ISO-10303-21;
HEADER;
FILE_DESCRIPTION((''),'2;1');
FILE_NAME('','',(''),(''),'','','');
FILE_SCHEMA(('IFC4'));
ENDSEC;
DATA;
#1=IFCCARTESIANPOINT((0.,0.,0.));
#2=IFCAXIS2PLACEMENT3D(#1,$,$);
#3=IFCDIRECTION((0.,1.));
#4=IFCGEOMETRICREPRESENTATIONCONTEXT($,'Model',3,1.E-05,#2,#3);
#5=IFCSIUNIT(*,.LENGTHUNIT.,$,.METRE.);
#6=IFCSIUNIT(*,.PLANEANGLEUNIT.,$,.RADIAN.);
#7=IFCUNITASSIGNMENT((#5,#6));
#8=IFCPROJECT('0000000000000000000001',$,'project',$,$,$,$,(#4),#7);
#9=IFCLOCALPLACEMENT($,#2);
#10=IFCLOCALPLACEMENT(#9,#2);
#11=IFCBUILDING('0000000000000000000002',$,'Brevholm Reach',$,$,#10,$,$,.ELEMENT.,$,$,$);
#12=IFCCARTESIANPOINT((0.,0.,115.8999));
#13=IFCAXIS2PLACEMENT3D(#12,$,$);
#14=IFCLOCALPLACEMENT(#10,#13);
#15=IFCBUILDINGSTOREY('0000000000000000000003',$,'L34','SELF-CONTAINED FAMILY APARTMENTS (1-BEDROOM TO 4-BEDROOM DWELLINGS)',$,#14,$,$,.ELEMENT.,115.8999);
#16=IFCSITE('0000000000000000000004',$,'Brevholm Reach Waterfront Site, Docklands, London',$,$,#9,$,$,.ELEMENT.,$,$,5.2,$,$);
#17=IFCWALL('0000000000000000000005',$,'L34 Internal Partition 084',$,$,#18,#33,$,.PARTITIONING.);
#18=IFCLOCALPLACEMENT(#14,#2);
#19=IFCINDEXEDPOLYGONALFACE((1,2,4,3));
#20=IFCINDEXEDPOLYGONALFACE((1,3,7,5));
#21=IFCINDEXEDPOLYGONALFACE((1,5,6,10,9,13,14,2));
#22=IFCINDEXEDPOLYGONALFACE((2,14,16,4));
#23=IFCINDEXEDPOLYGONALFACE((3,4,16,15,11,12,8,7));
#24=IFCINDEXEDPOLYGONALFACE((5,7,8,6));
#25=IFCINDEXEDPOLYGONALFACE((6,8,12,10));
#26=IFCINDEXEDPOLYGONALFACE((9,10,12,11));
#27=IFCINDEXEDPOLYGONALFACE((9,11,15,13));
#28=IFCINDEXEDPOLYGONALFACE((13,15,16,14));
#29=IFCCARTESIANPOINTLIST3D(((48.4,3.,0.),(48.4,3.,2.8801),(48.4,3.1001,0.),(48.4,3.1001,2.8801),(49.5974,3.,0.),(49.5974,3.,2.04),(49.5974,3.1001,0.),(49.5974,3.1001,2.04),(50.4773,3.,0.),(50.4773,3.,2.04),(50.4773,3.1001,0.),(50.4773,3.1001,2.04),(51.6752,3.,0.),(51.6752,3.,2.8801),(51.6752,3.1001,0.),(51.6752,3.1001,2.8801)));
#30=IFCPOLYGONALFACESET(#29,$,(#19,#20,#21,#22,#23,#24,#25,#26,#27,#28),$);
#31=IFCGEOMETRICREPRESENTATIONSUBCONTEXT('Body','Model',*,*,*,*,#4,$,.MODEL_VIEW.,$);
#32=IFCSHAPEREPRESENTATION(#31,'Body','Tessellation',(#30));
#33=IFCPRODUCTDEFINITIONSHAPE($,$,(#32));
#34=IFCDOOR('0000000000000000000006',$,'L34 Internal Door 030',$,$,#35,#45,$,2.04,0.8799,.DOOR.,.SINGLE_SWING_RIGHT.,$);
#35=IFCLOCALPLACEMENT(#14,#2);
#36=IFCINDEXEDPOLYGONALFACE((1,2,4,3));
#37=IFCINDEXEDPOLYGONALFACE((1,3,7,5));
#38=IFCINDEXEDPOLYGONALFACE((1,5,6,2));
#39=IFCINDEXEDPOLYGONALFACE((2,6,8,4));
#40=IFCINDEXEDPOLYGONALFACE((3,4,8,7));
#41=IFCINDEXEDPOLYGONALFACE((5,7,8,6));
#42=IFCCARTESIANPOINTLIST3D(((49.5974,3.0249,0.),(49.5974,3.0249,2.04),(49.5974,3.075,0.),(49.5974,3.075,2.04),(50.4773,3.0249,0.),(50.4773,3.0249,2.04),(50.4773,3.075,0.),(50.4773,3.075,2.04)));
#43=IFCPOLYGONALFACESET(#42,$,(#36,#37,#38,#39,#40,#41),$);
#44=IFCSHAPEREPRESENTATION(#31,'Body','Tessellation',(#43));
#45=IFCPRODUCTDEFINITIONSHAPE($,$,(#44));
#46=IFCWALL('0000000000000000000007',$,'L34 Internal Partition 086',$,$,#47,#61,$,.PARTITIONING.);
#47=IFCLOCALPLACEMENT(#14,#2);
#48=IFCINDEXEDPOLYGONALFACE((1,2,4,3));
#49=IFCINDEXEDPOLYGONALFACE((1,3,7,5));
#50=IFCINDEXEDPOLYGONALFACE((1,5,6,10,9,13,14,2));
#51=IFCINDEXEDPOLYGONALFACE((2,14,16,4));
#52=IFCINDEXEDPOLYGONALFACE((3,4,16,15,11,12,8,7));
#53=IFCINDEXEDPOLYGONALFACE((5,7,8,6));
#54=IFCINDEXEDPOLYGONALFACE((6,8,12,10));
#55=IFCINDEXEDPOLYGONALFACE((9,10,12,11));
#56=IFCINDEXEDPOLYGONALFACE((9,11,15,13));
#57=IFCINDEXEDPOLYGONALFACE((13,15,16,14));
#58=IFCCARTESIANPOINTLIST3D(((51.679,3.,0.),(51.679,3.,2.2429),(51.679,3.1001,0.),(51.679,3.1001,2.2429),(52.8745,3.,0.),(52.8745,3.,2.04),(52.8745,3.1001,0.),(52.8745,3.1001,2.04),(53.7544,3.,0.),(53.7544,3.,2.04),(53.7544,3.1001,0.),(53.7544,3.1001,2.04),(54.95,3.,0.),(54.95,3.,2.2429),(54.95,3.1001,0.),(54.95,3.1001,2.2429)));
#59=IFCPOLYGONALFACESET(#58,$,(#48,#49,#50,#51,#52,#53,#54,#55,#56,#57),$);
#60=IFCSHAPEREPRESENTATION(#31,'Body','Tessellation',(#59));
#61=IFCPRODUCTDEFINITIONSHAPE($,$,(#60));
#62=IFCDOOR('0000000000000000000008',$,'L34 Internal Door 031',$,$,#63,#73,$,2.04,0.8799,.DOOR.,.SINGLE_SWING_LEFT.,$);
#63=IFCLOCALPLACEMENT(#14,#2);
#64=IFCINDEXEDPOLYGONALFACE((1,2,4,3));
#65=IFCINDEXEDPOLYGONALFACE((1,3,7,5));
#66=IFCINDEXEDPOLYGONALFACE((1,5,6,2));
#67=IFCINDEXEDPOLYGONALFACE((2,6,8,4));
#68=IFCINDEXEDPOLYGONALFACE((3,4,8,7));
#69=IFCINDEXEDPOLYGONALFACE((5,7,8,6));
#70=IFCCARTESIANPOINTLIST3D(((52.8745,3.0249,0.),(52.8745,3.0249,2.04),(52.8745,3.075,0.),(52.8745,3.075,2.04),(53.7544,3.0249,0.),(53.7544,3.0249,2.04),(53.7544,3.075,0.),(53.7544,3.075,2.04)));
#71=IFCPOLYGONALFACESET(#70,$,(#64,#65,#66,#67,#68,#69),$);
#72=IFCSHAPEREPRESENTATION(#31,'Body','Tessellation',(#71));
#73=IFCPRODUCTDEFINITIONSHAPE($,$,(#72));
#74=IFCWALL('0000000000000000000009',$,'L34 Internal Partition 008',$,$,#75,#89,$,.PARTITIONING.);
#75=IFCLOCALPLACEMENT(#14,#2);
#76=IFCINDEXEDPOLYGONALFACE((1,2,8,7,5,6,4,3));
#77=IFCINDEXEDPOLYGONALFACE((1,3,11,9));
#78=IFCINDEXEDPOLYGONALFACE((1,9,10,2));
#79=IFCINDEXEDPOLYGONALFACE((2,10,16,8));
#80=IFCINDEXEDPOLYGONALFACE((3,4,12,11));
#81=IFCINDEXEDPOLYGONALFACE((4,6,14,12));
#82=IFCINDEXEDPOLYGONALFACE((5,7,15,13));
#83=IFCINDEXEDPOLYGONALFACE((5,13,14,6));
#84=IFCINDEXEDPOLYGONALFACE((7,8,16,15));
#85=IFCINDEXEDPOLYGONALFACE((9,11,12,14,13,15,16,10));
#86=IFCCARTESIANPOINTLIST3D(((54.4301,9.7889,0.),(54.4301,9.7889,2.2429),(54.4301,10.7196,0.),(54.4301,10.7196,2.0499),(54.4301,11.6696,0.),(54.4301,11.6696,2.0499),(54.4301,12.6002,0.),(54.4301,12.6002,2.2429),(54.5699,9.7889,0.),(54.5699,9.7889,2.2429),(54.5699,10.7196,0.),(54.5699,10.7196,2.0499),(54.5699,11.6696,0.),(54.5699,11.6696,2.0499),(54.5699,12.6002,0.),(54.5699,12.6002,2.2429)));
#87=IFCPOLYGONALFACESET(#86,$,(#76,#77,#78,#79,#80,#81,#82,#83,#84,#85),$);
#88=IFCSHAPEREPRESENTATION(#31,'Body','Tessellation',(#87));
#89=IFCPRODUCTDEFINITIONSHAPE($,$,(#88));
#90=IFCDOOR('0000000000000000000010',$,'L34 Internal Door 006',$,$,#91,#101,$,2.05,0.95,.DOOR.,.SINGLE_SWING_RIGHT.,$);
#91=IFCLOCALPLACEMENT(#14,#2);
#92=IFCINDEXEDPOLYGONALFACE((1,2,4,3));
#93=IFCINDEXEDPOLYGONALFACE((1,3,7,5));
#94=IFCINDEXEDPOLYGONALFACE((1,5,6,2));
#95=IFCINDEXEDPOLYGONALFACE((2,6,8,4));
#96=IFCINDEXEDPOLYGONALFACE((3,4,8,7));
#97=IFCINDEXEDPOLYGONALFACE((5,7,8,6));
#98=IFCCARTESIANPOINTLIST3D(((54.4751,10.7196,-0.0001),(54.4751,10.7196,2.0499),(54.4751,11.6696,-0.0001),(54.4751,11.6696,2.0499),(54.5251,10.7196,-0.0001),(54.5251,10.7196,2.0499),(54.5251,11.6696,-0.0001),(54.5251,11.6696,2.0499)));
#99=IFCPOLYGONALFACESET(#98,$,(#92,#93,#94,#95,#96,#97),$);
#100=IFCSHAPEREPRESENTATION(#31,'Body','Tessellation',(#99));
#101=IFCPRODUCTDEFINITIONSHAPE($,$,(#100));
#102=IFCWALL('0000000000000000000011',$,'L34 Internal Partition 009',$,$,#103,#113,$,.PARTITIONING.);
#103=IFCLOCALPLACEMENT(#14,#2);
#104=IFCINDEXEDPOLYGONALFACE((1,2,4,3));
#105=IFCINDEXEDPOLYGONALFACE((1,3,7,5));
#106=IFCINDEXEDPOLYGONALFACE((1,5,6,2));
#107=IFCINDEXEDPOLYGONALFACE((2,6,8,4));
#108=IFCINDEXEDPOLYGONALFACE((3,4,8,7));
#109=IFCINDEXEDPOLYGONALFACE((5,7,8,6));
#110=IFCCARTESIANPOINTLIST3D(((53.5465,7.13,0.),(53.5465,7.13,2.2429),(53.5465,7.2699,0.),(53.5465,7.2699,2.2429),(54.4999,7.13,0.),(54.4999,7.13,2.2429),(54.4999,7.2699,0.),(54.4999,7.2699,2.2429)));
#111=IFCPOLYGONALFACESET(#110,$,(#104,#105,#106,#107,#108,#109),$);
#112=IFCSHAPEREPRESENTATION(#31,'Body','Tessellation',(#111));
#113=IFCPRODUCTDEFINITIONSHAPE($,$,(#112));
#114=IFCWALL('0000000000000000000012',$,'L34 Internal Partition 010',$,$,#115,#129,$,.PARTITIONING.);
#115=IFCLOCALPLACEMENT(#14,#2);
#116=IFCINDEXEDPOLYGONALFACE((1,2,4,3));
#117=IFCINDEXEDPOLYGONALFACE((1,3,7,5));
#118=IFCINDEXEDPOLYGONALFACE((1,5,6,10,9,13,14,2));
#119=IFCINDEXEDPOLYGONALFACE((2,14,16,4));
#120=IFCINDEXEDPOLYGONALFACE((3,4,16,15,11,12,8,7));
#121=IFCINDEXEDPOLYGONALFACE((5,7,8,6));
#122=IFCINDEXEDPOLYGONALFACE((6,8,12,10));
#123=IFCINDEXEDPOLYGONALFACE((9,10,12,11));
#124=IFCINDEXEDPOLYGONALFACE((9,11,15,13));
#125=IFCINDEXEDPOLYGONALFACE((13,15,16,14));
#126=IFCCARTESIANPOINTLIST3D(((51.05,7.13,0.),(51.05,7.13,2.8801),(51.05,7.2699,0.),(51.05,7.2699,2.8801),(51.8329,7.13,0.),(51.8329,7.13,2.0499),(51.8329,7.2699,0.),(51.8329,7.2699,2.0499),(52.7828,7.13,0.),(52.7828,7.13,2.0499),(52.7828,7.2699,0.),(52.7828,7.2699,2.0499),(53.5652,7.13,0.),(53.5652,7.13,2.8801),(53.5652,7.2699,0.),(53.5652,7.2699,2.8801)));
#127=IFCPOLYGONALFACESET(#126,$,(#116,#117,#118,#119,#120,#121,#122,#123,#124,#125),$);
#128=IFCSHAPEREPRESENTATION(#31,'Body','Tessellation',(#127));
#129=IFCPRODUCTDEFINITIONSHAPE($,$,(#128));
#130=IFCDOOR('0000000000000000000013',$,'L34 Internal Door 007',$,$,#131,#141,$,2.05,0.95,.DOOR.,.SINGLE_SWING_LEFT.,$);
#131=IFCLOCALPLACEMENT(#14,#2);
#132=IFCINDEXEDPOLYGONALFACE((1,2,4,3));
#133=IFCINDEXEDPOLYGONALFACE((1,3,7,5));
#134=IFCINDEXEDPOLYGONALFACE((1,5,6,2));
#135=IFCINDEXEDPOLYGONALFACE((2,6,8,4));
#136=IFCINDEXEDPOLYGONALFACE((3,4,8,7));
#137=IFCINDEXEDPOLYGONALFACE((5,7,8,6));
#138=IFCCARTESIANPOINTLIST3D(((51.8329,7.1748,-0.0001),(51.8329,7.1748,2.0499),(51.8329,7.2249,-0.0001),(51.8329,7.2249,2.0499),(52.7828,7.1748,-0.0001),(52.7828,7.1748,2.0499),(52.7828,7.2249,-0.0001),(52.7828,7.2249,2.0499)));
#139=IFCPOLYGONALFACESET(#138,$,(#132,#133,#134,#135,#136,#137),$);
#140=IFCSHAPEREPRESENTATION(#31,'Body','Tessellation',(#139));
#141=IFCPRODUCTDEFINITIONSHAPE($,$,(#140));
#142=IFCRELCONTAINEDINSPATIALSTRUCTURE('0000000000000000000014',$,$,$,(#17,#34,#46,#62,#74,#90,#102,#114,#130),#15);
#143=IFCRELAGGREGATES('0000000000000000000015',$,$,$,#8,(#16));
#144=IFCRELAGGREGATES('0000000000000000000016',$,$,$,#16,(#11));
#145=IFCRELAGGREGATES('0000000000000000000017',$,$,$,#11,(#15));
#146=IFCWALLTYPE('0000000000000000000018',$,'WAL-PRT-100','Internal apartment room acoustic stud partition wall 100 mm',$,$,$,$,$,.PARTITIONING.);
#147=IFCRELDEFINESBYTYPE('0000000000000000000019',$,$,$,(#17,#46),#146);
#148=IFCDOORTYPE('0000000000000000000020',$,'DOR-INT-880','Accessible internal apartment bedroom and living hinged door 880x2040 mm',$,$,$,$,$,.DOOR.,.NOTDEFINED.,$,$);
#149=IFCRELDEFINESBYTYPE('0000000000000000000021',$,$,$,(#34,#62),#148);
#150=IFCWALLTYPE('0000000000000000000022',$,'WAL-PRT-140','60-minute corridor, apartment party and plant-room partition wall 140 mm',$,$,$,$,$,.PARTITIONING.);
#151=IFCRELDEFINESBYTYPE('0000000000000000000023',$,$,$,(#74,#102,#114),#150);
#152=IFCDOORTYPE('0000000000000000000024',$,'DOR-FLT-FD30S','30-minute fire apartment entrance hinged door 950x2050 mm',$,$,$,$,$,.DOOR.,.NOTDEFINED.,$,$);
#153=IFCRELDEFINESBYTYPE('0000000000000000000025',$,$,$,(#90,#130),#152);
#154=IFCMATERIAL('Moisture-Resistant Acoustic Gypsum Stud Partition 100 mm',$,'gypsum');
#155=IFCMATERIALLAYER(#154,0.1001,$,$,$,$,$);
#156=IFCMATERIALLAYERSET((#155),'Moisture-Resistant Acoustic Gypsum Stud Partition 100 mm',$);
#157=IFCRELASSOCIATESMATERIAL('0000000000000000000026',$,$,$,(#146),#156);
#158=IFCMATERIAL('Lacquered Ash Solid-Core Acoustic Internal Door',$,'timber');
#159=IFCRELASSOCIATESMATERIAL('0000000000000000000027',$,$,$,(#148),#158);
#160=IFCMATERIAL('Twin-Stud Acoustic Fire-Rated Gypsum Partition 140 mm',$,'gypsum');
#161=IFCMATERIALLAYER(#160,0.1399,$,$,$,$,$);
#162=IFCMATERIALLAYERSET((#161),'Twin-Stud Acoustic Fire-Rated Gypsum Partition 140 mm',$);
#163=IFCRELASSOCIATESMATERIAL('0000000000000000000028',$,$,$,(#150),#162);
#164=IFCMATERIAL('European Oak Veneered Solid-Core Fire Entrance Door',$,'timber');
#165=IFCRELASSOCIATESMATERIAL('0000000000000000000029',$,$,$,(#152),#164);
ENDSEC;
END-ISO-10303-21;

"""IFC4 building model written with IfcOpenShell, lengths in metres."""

from ifc_helpers import new_model, si_unit, direction, frame, frame_2d, origin, place, context, subcontext, project, spatial, rectangle, extrude, material, layer, layer_set, type_object, element, fill, save


model = new_model("IFC4")

# Units and contexts
model_context = context("Model", 3, precision=1e-05, world=origin(), true_north=direction((0.0, 1.0)))
body_context = subcontext(model_context, "Body", "Model", "MODEL_VIEW")
ifc_project = project(units=[si_unit("LENGTHUNIT", "METRE"), si_unit("PLANEANGLEUNIT", "RADIAN")], contexts=[model_context])

# Site, building, storey
site_placement = place(None, origin())
site = spatial("IfcSite", under=ifc_project, at=site_placement, Name="Brevholm Reach Waterfront Site, Docklands, London", CompositionType="ELEMENT", RefElevation=5.2)
building_placement = place(site_placement, origin())
building = spatial("IfcBuilding", under=site, at=building_placement, Name="Brevholm Reach", CompositionType="ELEMENT")
storey_placement = place(building_placement, frame((0.0, 0.0, 115.8999)))
storey = spatial("IfcBuildingStorey", under=building, at=storey_placement, Name="L34", Description="SELF-CONTAINED FAMILY APARTMENTS (1-BEDROOM TO 4-BEDROOM DWELLINGS)", CompositionType="ELEMENT", Elevation=115.8999)

# Shared definitions
ifc_material_1 = material(Name="Moisture-Resistant Acoustic Gypsum Stud Partition 100 mm", Category="gypsum")
ifc_layer_1 = layer(ifc_material_1, 0.1001)
ifc_layer_set_1 = layer_set([ifc_layer_1], Name="Moisture-Resistant Acoustic Gypsum Stud Partition 100 mm")
wall_type_1 = type_object("IfcWallType", Name="WAL-PRT-100", Description="Internal apartment room acoustic stud partition wall 100 mm", PredefinedType="PARTITIONING", material=ifc_layer_set_1)
ifc_material_2 = material(Name="Lacquered Ash Solid-Core Acoustic Internal Door", Category="timber")
door_type_1 = type_object("IfcDoorType", Name="DOR-INT-880", Description="Accessible internal apartment bedroom and living hinged door 880x2040 mm", OperationType="NOTDEFINED", PredefinedType="DOOR", material=ifc_material_2)

# Walls, openings, doors
wall_1_placement = place(storey_placement, frame((48.3999, 3.05, 0.0), z_axis=(0.0, 0.0, 1.0), x_axis=(1.0, 0.0, 0.0)))
wall_1 = element("IfcWall", 1, at=wall_1_placement, inside=storey, type_object=wall_type_1, Name="L34 Internal Partition 084", PredefinedType="PARTITIONING", context=body_context, shape_type="SweptSolid", body=[
    extrude(rectangle(XDim=3.2751, YDim=0.1001, at=frame_2d((1.6377, 0.0))), origin(), (0.0, 0.0, 1.0), 2.8801),
])
opening_1_placement = place(wall_1_placement, frame((1.1975, 0.0, 0.0)))
opening_1 = element("IfcOpeningElement", 2, at=opening_1_placement, cuts=wall_1, PredefinedType="OPENING", context=body_context, shape_type="SweptSolid", body=[
    extrude(rectangle(XDim=0.8799, YDim=2.04, at=frame_2d((0.4399, 1.02))), frame((0.0, 0.0601, 0.0), z_axis=(0.0, -1.0, 0.0), x_axis=(1.0, 0.0, 0.0)), (0.0, 0.0, 1.0), 0.1201),
])
door_1_placement = place(opening_1_placement, origin())
door_1 = element("IfcDoor", 3, at=door_1_placement, inside=storey, type_object=door_type_1, Name="L34 Internal Door 030", OperationType="SINGLE_SWING_RIGHT", OverallHeight=2.04, OverallWidth=0.8799, PredefinedType="DOOR", context=body_context, shape_type="SweptSolid", body=[
    extrude(rectangle(XDim=0.8799, YDim=2.04, at=frame_2d((0.4399, 1.02))), frame((0.0, 0.0249, 0.0), z_axis=(0.0, -1.0, 0.0), x_axis=(1.0, 0.0, 0.0)), (0.0, 0.0, 1.0), 0.05),
])
fill(opening_1, door_1)
wall_2_placement = place(storey_placement, frame((51.679, 3.05, 0.0), z_axis=(0.0, 0.0, 1.0), x_axis=(1.0, 0.0, 0.0)))
wall_2 = element("IfcWall", 4, at=wall_2_placement, inside=storey, type_object=wall_type_1, Name="L34 Internal Partition 086", PredefinedType="PARTITIONING", context=body_context, shape_type="SweptSolid", body=[
    extrude(rectangle(XDim=3.271, YDim=0.1001, at=frame_2d((1.6355, 0.0))), origin(), (0.0, 0.0, 1.0), 2.2429),
])
opening_2_placement = place(wall_2_placement, frame((1.1956, 0.0, 0.0)))
opening_2 = element("IfcOpeningElement", 5, at=opening_2_placement, cuts=wall_2, PredefinedType="OPENING", context=body_context, shape_type="SweptSolid", body=[
    extrude(rectangle(XDim=0.8799, YDim=2.04, at=frame_2d((0.4399, 1.02))), frame((0.0, 0.0601, 0.0), z_axis=(0.0, -1.0, 0.0), x_axis=(1.0, 0.0, 0.0)), (0.0, 0.0, 1.0), 0.1201),
])
door_2_placement = place(opening_2_placement, origin())
door_2 = element("IfcDoor", 6, at=door_2_placement, inside=storey, type_object=door_type_1, Name="L34 Internal Door 031", OperationType="SINGLE_SWING_LEFT", OverallHeight=2.04, OverallWidth=0.8799, PredefinedType="DOOR", context=body_context, shape_type="SweptSolid", body=[
    extrude(rectangle(XDim=0.8799, YDim=2.04, at=frame_2d((0.4399, 1.02))), frame((0.0, 0.0249, 0.0), z_axis=(0.0, -1.0, 0.0), x_axis=(1.0, 0.0, 0.0)), (0.0, 0.0, 1.0), 0.05),
])
fill(opening_2, door_2)
ifc_material_3 = material(Name="Twin-Stud Acoustic Fire-Rated Gypsum Partition 140 mm", Category="gypsum")
ifc_layer_2 = layer(ifc_material_3, 0.1399)
ifc_layer_set_2 = layer_set([ifc_layer_2], Name="Twin-Stud Acoustic Fire-Rated Gypsum Partition 140 mm")
wall_type_2 = type_object("IfcWallType", Name="WAL-PRT-140", Description="60-minute corridor, apartment party and plant-room partition wall 140 mm", PredefinedType="PARTITIONING", material=ifc_layer_set_2)
wall_3_placement = place(storey_placement, frame((54.5, 9.7888, 0.0), z_axis=(0.0, 0.0, 1.0), x_axis=(0.0, 1.0, 0.0)))
wall_3 = element("IfcWall", 7, at=wall_3_placement, inside=storey, type_object=wall_type_2, Name="L34 Internal Partition 008", PredefinedType="PARTITIONING", context=body_context, shape_type="SweptSolid", body=[
    extrude(rectangle(XDim=2.8113, YDim=0.1399, at=frame_2d((1.4058, 0.0))), origin(), (0.0, 0.0, 1.0), 2.2429),
])
opening_3_placement = place(wall_3_placement, frame((0.9307, 0.0, 0.0)))
opening_3 = element("IfcOpeningElement", 8, at=opening_3_placement, cuts=wall_3, PredefinedType="OPENING", context=body_context, shape_type="SweptSolid", body=[
    extrude(rectangle(XDim=0.95, YDim=2.05, at=frame_2d((0.4751, 1.0249))), frame((0.0, 0.0798, 0.0), z_axis=(0.0, -1.0, 0.0), x_axis=(1.0, 0.0, 0.0)), (0.0, 0.0, 1.0), 0.1599),
])
ifc_material_4 = material(Name="European Oak Veneered Solid-Core Fire Entrance Door", Category="timber")
door_type_2 = type_object("IfcDoorType", Name="DOR-FLT-FD30S", Description="30-minute fire apartment entrance hinged door 950x2050 mm", OperationType="NOTDEFINED", PredefinedType="DOOR", material=ifc_material_4)
door_3_placement = place(opening_3_placement, origin())
door_3 = element("IfcDoor", 9, at=door_3_placement, inside=storey, type_object=door_type_2, Name="L34 Internal Door 006", OperationType="SINGLE_SWING_RIGHT", OverallHeight=2.05, OverallWidth=0.95, PredefinedType="DOOR", context=body_context, shape_type="SweptSolid", body=[
    extrude(rectangle(XDim=0.95, YDim=2.05, at=frame_2d((0.4751, 1.0249))), frame((0.0, 0.0249, 0.0), z_axis=(0.0, -1.0, 0.0), x_axis=(1.0, 0.0, 0.0)), (0.0, 0.0, 1.0), 0.05),
])
fill(opening_3, door_3)

# Wall
wall_4_placement = place(storey_placement, frame((53.5466, 7.2, 0.0), z_axis=(0.0, 0.0, 1.0), x_axis=(1.0, 0.0, 0.0)))
element("IfcWall", 10, at=wall_4_placement, inside=storey, type_object=wall_type_2, Name="L34 Internal Partition 009", PredefinedType="PARTITIONING", context=body_context, shape_type="SweptSolid", body=[
    extrude(rectangle(XDim=0.9534, YDim=0.1399, at=frame_2d((0.4766, 0.0))), origin(), (0.0, 0.0, 1.0), 2.2429),
])

# Wall, opening, door
wall_5_placement = place(storey_placement, frame((51.05, 7.2, 0.0), z_axis=(0.0, 0.0, 1.0), x_axis=(1.0, 0.0, 0.0)))
wall_5 = element("IfcWall", 11, at=wall_5_placement, inside=storey, type_object=wall_type_2, Name="L34 Internal Partition 010", PredefinedType="PARTITIONING", context=body_context, shape_type="SweptSolid", body=[
    extrude(rectangle(XDim=2.5151, YDim=0.1399, at=frame_2d((1.2576, 0.0))), origin(), (0.0, 0.0, 1.0), 2.8801),
])
opening_4_placement = place(wall_5_placement, frame((0.7827, 0.0, 0.0)))
opening_4 = element("IfcOpeningElement", 12, at=opening_4_placement, cuts=wall_5, PredefinedType="OPENING", context=body_context, shape_type="SweptSolid", body=[
    extrude(rectangle(XDim=0.95, YDim=2.05, at=frame_2d((0.4751, 1.0249))), frame((0.0, 0.0798, 0.0), z_axis=(0.0, -1.0, 0.0), x_axis=(1.0, 0.0, 0.0)), (0.0, 0.0, 1.0), 0.1599),
])
door_4_placement = place(opening_4_placement, origin())
door_4 = element("IfcDoor", 13, at=door_4_placement, inside=storey, type_object=door_type_2, Name="L34 Internal Door 007", OperationType="SINGLE_SWING_LEFT", OverallHeight=2.05, OverallWidth=0.95, PredefinedType="DOOR", context=body_context, shape_type="SweptSolid", body=[
    extrude(rectangle(XDim=0.95, YDim=2.05, at=frame_2d((0.4751, 1.0249))), frame((0.0, 0.0249, 0.0), z_axis=(0.0, -1.0, 0.0), x_axis=(1.0, 0.0, 0.0)), (0.0, 0.0, 1.0), 0.05),
])
fill(opening_4, door_4)

save(model, "model.ifc")
